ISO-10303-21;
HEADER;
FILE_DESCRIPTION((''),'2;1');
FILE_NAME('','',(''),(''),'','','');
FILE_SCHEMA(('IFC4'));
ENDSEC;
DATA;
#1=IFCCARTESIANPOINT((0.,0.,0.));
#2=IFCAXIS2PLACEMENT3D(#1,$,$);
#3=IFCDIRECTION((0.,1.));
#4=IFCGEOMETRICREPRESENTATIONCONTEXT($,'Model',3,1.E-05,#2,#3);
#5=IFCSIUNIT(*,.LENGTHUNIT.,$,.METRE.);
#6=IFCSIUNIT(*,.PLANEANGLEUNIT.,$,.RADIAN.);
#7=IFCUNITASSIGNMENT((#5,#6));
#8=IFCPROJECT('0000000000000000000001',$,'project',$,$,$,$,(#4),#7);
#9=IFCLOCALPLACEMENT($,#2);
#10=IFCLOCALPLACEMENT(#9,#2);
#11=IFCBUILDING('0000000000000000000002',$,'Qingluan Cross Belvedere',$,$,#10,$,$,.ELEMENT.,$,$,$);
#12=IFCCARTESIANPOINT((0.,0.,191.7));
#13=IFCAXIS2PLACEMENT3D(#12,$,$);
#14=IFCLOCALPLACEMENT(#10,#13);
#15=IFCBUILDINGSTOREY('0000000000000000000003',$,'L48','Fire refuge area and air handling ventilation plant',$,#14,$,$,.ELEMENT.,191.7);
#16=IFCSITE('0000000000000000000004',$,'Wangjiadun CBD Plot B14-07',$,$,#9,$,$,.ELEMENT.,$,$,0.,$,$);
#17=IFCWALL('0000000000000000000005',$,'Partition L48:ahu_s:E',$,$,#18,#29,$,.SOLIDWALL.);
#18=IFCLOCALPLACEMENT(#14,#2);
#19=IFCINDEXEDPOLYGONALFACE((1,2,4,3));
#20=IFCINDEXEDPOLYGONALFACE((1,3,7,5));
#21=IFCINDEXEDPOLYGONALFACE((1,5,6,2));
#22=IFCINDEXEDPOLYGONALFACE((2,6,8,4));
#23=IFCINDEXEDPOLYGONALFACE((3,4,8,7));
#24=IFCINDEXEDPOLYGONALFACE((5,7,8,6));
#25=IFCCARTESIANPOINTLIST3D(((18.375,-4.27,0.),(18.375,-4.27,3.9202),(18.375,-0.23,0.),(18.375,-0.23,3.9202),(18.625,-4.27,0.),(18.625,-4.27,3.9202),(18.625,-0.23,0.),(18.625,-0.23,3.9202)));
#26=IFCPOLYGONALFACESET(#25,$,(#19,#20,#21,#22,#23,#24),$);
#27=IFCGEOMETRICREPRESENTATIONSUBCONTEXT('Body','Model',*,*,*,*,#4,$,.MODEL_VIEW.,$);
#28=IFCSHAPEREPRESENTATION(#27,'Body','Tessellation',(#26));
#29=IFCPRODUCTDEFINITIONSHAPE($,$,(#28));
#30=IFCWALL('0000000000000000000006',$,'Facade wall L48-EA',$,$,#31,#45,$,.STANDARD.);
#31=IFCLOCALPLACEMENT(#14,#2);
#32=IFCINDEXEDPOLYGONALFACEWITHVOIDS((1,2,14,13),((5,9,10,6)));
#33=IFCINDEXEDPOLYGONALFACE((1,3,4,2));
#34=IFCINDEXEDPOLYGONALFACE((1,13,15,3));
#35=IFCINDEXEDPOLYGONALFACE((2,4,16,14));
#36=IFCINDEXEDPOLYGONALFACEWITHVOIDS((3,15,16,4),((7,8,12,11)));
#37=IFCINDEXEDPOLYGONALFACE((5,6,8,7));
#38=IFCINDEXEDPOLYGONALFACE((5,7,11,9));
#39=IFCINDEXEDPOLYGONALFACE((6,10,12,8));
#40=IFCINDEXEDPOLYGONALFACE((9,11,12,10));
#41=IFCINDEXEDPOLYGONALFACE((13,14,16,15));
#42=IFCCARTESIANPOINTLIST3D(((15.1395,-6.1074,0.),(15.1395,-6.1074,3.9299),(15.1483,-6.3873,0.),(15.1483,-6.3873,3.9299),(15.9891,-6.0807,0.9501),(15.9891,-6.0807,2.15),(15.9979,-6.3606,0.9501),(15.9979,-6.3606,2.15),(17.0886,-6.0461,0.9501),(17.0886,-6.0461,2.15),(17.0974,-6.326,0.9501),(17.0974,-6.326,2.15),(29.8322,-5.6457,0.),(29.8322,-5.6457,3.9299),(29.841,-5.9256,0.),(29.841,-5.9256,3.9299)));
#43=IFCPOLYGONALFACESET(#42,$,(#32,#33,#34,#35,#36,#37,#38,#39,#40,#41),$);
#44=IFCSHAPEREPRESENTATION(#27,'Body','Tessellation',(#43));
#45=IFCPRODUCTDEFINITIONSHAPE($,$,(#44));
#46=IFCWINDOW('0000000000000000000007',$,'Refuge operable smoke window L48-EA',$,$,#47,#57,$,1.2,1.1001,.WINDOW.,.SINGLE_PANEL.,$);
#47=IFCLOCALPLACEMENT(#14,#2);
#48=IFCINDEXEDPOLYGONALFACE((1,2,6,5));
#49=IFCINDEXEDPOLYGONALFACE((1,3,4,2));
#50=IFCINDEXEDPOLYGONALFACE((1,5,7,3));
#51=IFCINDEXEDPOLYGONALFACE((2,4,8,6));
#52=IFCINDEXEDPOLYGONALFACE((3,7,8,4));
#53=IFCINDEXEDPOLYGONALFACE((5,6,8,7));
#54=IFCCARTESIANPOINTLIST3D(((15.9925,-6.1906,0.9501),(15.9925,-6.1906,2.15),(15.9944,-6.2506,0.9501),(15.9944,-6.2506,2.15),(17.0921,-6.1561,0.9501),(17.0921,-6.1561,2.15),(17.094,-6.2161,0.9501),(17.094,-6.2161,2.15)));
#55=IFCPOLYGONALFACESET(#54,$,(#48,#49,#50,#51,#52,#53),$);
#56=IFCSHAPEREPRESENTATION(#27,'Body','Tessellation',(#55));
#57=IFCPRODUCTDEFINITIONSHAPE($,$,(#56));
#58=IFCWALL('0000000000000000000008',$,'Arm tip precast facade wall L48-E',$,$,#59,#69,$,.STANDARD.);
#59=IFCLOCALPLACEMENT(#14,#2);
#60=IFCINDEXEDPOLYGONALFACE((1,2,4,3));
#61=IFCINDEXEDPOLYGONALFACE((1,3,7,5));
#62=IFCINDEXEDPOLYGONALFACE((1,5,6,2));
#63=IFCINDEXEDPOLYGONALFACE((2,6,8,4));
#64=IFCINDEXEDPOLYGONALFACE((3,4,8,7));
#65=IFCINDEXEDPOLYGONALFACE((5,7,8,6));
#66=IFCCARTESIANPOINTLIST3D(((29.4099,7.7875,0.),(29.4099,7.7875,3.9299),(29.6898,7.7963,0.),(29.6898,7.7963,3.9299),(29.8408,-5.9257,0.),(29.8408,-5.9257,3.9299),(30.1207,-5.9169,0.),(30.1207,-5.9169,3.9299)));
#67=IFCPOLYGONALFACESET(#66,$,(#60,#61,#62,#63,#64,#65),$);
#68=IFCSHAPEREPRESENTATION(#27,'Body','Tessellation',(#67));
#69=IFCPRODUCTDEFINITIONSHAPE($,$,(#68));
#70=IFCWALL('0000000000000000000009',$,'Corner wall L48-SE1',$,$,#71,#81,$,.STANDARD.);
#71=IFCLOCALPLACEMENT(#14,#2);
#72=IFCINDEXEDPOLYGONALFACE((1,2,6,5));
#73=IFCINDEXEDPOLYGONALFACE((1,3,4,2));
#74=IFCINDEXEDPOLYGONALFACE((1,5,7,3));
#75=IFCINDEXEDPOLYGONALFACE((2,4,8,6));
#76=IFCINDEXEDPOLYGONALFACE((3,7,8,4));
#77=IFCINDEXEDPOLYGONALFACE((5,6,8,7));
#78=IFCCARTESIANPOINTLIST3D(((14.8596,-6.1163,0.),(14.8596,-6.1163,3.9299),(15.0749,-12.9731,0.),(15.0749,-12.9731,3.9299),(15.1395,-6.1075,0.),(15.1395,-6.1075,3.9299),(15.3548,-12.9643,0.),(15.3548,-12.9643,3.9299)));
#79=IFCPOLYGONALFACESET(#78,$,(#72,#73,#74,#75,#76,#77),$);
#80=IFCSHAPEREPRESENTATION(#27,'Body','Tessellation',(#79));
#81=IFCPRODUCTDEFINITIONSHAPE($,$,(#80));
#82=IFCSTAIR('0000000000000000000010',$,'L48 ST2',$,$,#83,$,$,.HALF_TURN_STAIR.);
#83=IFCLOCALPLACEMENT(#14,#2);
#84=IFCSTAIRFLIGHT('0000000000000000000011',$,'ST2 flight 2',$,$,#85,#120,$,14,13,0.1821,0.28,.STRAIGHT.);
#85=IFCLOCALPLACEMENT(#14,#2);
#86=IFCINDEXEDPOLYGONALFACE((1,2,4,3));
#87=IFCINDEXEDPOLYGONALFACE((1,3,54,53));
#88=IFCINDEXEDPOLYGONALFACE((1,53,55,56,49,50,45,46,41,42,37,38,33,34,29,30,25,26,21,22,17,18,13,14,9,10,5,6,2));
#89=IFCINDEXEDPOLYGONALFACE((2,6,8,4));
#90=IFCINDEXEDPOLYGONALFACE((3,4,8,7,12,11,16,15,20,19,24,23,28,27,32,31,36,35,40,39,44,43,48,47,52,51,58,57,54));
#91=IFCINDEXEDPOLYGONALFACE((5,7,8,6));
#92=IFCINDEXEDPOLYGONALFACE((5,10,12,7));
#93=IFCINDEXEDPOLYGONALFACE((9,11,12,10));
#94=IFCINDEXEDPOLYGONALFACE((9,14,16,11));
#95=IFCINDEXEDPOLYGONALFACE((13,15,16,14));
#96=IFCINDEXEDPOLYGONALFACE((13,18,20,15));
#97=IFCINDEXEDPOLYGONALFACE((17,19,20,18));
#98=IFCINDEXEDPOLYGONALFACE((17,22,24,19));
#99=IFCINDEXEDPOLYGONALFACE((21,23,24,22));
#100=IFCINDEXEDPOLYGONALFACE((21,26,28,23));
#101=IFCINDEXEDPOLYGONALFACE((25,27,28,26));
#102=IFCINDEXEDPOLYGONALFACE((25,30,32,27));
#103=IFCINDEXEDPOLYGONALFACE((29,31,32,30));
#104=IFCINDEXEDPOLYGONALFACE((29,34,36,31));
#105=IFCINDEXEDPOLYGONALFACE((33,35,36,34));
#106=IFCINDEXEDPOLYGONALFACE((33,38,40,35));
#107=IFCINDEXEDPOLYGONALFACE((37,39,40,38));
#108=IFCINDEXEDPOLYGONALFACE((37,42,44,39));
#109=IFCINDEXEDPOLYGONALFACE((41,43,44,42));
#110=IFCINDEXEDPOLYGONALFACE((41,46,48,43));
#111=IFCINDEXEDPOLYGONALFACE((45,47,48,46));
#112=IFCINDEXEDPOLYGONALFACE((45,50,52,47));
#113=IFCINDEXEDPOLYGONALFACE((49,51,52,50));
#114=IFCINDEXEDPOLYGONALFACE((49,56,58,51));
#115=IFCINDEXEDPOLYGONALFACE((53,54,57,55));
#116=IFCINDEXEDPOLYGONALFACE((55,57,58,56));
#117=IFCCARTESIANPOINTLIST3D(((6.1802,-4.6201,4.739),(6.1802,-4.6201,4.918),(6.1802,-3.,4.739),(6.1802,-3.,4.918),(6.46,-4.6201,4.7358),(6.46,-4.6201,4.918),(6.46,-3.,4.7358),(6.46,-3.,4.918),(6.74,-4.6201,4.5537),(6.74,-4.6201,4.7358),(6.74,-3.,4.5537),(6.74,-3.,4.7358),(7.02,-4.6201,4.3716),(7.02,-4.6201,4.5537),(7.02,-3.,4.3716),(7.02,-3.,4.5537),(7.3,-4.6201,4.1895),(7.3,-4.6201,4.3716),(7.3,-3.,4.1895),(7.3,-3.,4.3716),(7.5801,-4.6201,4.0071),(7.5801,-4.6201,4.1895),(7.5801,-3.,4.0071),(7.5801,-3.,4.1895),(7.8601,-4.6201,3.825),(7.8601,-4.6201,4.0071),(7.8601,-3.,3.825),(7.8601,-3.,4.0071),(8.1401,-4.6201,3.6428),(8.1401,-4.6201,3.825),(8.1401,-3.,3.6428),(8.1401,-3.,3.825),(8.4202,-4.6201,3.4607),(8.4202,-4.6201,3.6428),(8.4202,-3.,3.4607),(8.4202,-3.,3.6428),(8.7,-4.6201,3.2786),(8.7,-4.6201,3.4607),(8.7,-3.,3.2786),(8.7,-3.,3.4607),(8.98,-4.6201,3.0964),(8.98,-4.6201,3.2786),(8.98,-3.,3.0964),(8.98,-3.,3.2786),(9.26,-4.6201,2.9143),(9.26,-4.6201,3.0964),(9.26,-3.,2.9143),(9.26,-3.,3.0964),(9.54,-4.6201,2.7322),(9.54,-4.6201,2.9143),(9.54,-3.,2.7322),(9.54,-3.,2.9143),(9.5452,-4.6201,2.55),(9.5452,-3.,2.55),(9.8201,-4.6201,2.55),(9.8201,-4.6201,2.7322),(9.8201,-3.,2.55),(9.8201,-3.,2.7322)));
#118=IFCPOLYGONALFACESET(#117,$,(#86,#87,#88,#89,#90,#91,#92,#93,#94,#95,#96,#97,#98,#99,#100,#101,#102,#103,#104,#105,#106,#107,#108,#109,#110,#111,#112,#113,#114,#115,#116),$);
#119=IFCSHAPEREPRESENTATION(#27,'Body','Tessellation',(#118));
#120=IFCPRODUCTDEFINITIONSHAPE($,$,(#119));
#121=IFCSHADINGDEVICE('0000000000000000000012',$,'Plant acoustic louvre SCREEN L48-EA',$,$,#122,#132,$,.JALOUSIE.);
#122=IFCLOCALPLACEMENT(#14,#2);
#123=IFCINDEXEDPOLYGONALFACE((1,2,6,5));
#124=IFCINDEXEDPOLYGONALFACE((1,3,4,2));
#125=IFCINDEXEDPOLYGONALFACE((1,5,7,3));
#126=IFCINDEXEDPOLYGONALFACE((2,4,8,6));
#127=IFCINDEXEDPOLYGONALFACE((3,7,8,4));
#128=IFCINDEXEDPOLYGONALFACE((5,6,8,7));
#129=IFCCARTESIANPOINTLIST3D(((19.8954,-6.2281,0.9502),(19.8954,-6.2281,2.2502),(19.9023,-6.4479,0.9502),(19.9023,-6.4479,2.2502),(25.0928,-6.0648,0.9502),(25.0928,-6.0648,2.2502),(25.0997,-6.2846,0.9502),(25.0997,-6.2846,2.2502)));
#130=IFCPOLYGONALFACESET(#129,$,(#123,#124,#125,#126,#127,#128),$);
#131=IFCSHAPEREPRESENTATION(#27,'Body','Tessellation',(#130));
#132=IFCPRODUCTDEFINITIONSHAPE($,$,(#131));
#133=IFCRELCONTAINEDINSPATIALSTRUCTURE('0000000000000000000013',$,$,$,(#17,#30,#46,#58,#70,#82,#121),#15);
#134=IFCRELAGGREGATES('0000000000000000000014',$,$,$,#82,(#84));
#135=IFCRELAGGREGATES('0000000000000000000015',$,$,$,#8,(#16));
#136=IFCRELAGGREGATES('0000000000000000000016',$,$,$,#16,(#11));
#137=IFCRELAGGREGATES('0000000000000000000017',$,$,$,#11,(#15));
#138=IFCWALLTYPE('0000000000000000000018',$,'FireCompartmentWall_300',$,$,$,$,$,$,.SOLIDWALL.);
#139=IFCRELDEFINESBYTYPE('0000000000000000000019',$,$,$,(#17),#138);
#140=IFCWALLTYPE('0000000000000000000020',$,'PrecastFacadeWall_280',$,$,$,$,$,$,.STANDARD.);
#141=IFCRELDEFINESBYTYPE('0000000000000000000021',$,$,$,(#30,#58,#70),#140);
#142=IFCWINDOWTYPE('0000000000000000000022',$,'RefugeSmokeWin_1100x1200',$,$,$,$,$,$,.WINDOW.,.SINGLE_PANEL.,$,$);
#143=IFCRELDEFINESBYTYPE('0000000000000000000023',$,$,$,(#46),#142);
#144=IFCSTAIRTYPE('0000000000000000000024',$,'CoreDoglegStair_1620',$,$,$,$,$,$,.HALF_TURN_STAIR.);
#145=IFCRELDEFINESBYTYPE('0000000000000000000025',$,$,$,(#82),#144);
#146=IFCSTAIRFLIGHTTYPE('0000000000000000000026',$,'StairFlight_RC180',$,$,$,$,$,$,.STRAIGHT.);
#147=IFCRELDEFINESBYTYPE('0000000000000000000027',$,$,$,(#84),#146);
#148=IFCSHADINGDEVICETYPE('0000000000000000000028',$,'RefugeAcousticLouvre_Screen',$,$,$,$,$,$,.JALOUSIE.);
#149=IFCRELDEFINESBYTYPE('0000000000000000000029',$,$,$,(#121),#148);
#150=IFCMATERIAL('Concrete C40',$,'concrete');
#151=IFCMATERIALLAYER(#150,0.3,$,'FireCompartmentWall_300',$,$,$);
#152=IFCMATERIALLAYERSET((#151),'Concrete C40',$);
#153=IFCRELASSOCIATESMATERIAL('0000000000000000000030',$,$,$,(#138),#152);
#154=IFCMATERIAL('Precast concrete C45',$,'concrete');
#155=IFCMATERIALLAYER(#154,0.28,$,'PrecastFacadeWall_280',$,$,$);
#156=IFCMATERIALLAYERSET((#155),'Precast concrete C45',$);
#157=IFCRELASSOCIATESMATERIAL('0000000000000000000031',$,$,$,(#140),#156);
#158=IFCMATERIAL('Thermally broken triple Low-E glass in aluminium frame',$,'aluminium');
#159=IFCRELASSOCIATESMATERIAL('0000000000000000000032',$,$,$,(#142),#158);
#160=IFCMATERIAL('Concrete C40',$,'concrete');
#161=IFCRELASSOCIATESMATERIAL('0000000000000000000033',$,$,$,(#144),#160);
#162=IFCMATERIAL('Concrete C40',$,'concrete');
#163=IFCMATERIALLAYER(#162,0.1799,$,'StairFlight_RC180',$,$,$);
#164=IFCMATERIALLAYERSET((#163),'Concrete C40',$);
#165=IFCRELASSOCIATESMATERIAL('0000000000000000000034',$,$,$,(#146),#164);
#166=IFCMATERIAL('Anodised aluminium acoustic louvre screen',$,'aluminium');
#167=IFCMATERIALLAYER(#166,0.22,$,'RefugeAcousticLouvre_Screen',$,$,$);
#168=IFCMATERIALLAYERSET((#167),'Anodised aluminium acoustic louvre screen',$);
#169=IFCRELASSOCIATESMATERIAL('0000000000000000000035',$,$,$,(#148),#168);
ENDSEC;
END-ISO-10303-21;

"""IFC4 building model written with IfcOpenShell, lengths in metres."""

from ifc_helpers import new_model, si_unit, direction, frame, frame_2d, origin, origin_2d, place, context, subcontext, project, spatial, polyline, rectangle, outline, extrude, material, layer, layer_set, type_object, element, fill, aggregate, save


model = new_model("IFC4")

# Units and contexts
model_context = context("Model", 3, precision=1e-05, world=origin(), true_north=direction((0.0, 1.0)))
body_context = subcontext(model_context, "Body", "Model", "MODEL_VIEW")
ifc_project = project(units=[si_unit("LENGTHUNIT", "METRE"), si_unit("PLANEANGLEUNIT", "RADIAN")], contexts=[model_context])

# Site, building, storey
site_placement = place(None, origin())
site = spatial("IfcSite", under=ifc_project, at=site_placement, Name="Wangjiadun CBD Plot B14-07", CompositionType="ELEMENT", RefElevation=0.0)
building_placement = place(site_placement, origin())
building = spatial("IfcBuilding", under=site, at=building_placement, Name="Qingluan Cross Belvedere", CompositionType="ELEMENT")
storey_placement = place(building_placement, frame((0.0, 0.0, 191.7)))
storey = spatial("IfcBuildingStorey", under=building, at=storey_placement, Name="L48", Description="Fire refuge area and air handling ventilation plant", CompositionType="ELEMENT", Elevation=191.7)

# Shared definitions
ifc_material_1 = material(Name="Concrete C40", Category="concrete")
ifc_layer_1 = layer(ifc_material_1, 0.3, Name="FireCompartmentWall_300")
ifc_layer_set_1 = layer_set([ifc_layer_1], Name="Concrete C40")
wall_type_1 = type_object("IfcWallType", Name="FireCompartmentWall_300", PredefinedType="SOLIDWALL", material=ifc_layer_set_1)

# Wall
wall_1_placement = place(storey_placement, frame((18.5, -4.27, 0.0), z_axis=(0.0, 0.0, 1.0), x_axis=(0.0, 1.0, 0.0)))
element("IfcWall", 1, at=wall_1_placement, inside=storey, type_object=wall_type_1, Name="Partition L48:ahu_s:E", PredefinedType="SOLIDWALL", context=body_context, shape_type="SweptSolid", body=[
    extrude(rectangle(XDim=4.04, YDim=0.25, at=frame_2d((2.02, 0.0))), origin(), (0.0, 0.0, 1.0), 3.9202),
])

# Wall, opening, window
ifc_material_2 = material(Name="Precast concrete C45", Category="concrete")
ifc_layer_2 = layer(ifc_material_2, 0.28, Name="PrecastFacadeWall_280")
ifc_layer_set_2 = layer_set([ifc_layer_2], Name="Precast concrete C45")
wall_type_2 = type_object("IfcWallType", Name="PrecastFacadeWall_280", PredefinedType="STANDARD", material=ifc_layer_set_2)
wall_2_placement = place(storey_placement, frame((15.1438, -6.2473, 0.0), z_axis=(0.0, 0.0, 1.0), x_axis=(0.999507, 0.031406, 0.0)))
wall_2 = element("IfcWall", 2, at=wall_2_placement, inside=storey, type_object=wall_type_2, Name="Facade wall L48-EA", PredefinedType="STANDARD", context=body_context, shape_type="SweptSolid", body=[
    extrude(rectangle(XDim=14.7, YDim=0.28, at=frame_2d((7.3501, 0.0))), origin(), (0.0, 0.0, 1.0), 3.9299),
])
opening_1_placement = place(wall_2_placement, frame((0.8501, 0.0, 0.95)))
opening_1 = element("IfcOpeningElement", 3, at=opening_1_placement, cuts=wall_2, PredefinedType="OPENING", context=body_context, shape_type="SweptSolid", body=[
    extrude(rectangle(XDim=1.1001, YDim=1.2, at=frame_2d((0.55, 0.6001))), frame((0.0, 0.1499, 0.0), z_axis=(0.0, -1.0, 0.0), x_axis=(1.0, 0.0, 0.0)), (0.0, 0.0, 1.0), 0.3),
])
ifc_material_3 = material(Name="Thermally broken triple Low-E glass in aluminium frame", Category="aluminium")
window_type = type_object("IfcWindowType", Name="RefugeSmokeWin_1100x1200", PartitioningType="SINGLE_PANEL", PredefinedType="WINDOW", material=ifc_material_3)
window_placement = place(opening_1_placement, origin())
window = element("IfcWindow", 4, at=window_placement, inside=storey, type_object=window_type, Name="Refuge operable smoke window L48-EA", OverallHeight=1.2, OverallWidth=1.1001, PartitioningType="SINGLE_PANEL", PredefinedType="WINDOW", context=body_context, shape_type="SweptSolid", body=[
    extrude(rectangle(XDim=1.1001, YDim=1.2, at=frame_2d((0.55, 0.6001))), frame((0.0, 0.03, 0.0), z_axis=(0.0, -1.0, 0.0), x_axis=(1.0, 0.0, 0.0)), (0.0, 0.0, 1.0), 0.0601),
])
fill(opening_1, window)

# Walls
wall_3_placement = place(storey_placement, frame((29.9807, -5.9211, 0.0), z_axis=(0.0, 0.0, 1.0), x_axis=(-0.031408, 0.999507, 0.0)))
element("IfcWall", 5, at=wall_3_placement, inside=storey, type_object=wall_type_2, Name="Arm tip precast facade wall L48-E", PredefinedType="STANDARD", context=body_context, shape_type="SweptSolid", body=[
    extrude(rectangle(XDim=13.72, YDim=0.28, at=frame_2d((6.8599, 0.0))), origin(), (0.0, 0.0, 1.0), 3.9299),
])
wall_4_placement = place(storey_placement, frame((14.9995, -6.1118, 0.0), z_axis=(0.0, 0.0, 1.0), x_axis=(0.031389, -0.999507, 0.0)))
element("IfcWall", 6, at=wall_4_placement, inside=storey, type_object=wall_type_2, Name="Corner wall L48-SE1", PredefinedType="STANDARD", context=body_context, shape_type="SweptSolid", body=[
    extrude(rectangle(XDim=6.8601, YDim=0.28, at=frame_2d((3.4302, 0.0))), origin(), (0.0, 0.0, 1.0), 3.9299),
])

# Stair, stair flight
ifc_material_4 = material(Name="Concrete C40", Category="concrete")
stair_type = type_object("IfcStairType", Name="CoreDoglegStair_1620", PredefinedType="HALF_TURN_STAIR", material=ifc_material_4)
stair_placement = place(storey_placement, origin())
stair = element("IfcStair", 7, at=stair_placement, inside=storey, type_object=stair_type, Name="L48 ST2", PredefinedType="HALF_TURN_STAIR")
ifc_material_5 = material(Name="Concrete C40", Category="concrete")
ifc_layer_3 = layer(ifc_material_5, 0.1799, Name="StairFlight_RC180")
ifc_layer_set_3 = layer_set([ifc_layer_3], Name="Concrete C40")
stair_flight_type = type_object("IfcStairFlightType", Name="StairFlight_RC180", PredefinedType="STRAIGHT", material=ifc_layer_set_3)
stair_flight_placement = place(storey_placement, frame((9.8201, -3.8101, 2.55), z_axis=(0.0, 0.0, 1.0), x_axis=(-1.0, 0.0, 0.0)))
stair_flight = element("IfcStairFlight", 8, at=stair_flight_placement, type_object=stair_flight_type, Name="ST2 flight 2", NumberOfRisers=14, NumberOfTreads=13, PredefinedType="STRAIGHT", RiserHeight=0.1821, TreadLength=0.28, context=body_context, shape_type="SweptSolid", body=[
    extrude(outline(polyline([(0.0, 0.0), (0.0, 0.1821), (0.28, 0.1821), (0.28, 0.3643), (0.5601, 0.3643), (0.5601, 0.5464), (0.8401, 0.5464), (0.8401, 0.7285), (1.1201, 0.7285), (1.1201, 0.9106), (1.3999, 0.9106), (1.3999, 1.0928), (1.6799, 1.0928), (1.6799, 1.2749), (1.96, 1.2749), (1.96, 1.457), (2.24, 1.457), (2.24, 1.6394), (2.52, 1.6394), (2.52, 1.8215), (2.8, 1.8215), (2.8, 2.0037), (3.0801, 2.0037), (3.0801, 2.1858), (3.3601, 2.1858), (3.3601, 2.3679), (3.6399, 2.3679), (3.6399, 2.55), (3.6399, 2.189), (0.2749, 0.0), (0.0, 0.0)])), frame((0.0, 0.8101, 0.0), z_axis=(0.0, -1.0, 0.0), x_axis=(1.0, 0.0, 0.0)), (0.0, 0.0, 1.0), 1.6201),
])
aggregate(stair, [stair_flight])

# Shading device
ifc_material_6 = material(Name="Anodised aluminium acoustic louvre screen", Category="aluminium")
ifc_layer_4 = layer(ifc_material_6, 0.22, Name="RefugeAcousticLouvre_Screen")
ifc_layer_set_4 = layer_set([ifc_layer_4], Name="Anodised aluminium acoustic louvre screen")
shading_device_type = type_object("IfcShadingDeviceType", Name="RefugeAcousticLouvre_Screen", PredefinedType="JALOUSIE", material=ifc_layer_set_4)
shading_device_placement = place(storey_placement, frame((22.4976, -6.2563, 0.9502), z_axis=(0.0, 0.0, 1.0), x_axis=(0.999507, 0.031408, 0.0)))
element("IfcShadingDevice", 9, at=shading_device_placement, inside=storey, type_object=shading_device_type, Name="Plant acoustic louvre SCREEN L48-EA", PredefinedType="JALOUSIE", context=body_context, shape_type="SweptSolid", body=[
    extrude(rectangle(XDim=5.2, YDim=0.22, at=origin_2d()), origin(), (0.0, 0.0, 1.0), 1.3),
])

save(model, "model.ifc")
